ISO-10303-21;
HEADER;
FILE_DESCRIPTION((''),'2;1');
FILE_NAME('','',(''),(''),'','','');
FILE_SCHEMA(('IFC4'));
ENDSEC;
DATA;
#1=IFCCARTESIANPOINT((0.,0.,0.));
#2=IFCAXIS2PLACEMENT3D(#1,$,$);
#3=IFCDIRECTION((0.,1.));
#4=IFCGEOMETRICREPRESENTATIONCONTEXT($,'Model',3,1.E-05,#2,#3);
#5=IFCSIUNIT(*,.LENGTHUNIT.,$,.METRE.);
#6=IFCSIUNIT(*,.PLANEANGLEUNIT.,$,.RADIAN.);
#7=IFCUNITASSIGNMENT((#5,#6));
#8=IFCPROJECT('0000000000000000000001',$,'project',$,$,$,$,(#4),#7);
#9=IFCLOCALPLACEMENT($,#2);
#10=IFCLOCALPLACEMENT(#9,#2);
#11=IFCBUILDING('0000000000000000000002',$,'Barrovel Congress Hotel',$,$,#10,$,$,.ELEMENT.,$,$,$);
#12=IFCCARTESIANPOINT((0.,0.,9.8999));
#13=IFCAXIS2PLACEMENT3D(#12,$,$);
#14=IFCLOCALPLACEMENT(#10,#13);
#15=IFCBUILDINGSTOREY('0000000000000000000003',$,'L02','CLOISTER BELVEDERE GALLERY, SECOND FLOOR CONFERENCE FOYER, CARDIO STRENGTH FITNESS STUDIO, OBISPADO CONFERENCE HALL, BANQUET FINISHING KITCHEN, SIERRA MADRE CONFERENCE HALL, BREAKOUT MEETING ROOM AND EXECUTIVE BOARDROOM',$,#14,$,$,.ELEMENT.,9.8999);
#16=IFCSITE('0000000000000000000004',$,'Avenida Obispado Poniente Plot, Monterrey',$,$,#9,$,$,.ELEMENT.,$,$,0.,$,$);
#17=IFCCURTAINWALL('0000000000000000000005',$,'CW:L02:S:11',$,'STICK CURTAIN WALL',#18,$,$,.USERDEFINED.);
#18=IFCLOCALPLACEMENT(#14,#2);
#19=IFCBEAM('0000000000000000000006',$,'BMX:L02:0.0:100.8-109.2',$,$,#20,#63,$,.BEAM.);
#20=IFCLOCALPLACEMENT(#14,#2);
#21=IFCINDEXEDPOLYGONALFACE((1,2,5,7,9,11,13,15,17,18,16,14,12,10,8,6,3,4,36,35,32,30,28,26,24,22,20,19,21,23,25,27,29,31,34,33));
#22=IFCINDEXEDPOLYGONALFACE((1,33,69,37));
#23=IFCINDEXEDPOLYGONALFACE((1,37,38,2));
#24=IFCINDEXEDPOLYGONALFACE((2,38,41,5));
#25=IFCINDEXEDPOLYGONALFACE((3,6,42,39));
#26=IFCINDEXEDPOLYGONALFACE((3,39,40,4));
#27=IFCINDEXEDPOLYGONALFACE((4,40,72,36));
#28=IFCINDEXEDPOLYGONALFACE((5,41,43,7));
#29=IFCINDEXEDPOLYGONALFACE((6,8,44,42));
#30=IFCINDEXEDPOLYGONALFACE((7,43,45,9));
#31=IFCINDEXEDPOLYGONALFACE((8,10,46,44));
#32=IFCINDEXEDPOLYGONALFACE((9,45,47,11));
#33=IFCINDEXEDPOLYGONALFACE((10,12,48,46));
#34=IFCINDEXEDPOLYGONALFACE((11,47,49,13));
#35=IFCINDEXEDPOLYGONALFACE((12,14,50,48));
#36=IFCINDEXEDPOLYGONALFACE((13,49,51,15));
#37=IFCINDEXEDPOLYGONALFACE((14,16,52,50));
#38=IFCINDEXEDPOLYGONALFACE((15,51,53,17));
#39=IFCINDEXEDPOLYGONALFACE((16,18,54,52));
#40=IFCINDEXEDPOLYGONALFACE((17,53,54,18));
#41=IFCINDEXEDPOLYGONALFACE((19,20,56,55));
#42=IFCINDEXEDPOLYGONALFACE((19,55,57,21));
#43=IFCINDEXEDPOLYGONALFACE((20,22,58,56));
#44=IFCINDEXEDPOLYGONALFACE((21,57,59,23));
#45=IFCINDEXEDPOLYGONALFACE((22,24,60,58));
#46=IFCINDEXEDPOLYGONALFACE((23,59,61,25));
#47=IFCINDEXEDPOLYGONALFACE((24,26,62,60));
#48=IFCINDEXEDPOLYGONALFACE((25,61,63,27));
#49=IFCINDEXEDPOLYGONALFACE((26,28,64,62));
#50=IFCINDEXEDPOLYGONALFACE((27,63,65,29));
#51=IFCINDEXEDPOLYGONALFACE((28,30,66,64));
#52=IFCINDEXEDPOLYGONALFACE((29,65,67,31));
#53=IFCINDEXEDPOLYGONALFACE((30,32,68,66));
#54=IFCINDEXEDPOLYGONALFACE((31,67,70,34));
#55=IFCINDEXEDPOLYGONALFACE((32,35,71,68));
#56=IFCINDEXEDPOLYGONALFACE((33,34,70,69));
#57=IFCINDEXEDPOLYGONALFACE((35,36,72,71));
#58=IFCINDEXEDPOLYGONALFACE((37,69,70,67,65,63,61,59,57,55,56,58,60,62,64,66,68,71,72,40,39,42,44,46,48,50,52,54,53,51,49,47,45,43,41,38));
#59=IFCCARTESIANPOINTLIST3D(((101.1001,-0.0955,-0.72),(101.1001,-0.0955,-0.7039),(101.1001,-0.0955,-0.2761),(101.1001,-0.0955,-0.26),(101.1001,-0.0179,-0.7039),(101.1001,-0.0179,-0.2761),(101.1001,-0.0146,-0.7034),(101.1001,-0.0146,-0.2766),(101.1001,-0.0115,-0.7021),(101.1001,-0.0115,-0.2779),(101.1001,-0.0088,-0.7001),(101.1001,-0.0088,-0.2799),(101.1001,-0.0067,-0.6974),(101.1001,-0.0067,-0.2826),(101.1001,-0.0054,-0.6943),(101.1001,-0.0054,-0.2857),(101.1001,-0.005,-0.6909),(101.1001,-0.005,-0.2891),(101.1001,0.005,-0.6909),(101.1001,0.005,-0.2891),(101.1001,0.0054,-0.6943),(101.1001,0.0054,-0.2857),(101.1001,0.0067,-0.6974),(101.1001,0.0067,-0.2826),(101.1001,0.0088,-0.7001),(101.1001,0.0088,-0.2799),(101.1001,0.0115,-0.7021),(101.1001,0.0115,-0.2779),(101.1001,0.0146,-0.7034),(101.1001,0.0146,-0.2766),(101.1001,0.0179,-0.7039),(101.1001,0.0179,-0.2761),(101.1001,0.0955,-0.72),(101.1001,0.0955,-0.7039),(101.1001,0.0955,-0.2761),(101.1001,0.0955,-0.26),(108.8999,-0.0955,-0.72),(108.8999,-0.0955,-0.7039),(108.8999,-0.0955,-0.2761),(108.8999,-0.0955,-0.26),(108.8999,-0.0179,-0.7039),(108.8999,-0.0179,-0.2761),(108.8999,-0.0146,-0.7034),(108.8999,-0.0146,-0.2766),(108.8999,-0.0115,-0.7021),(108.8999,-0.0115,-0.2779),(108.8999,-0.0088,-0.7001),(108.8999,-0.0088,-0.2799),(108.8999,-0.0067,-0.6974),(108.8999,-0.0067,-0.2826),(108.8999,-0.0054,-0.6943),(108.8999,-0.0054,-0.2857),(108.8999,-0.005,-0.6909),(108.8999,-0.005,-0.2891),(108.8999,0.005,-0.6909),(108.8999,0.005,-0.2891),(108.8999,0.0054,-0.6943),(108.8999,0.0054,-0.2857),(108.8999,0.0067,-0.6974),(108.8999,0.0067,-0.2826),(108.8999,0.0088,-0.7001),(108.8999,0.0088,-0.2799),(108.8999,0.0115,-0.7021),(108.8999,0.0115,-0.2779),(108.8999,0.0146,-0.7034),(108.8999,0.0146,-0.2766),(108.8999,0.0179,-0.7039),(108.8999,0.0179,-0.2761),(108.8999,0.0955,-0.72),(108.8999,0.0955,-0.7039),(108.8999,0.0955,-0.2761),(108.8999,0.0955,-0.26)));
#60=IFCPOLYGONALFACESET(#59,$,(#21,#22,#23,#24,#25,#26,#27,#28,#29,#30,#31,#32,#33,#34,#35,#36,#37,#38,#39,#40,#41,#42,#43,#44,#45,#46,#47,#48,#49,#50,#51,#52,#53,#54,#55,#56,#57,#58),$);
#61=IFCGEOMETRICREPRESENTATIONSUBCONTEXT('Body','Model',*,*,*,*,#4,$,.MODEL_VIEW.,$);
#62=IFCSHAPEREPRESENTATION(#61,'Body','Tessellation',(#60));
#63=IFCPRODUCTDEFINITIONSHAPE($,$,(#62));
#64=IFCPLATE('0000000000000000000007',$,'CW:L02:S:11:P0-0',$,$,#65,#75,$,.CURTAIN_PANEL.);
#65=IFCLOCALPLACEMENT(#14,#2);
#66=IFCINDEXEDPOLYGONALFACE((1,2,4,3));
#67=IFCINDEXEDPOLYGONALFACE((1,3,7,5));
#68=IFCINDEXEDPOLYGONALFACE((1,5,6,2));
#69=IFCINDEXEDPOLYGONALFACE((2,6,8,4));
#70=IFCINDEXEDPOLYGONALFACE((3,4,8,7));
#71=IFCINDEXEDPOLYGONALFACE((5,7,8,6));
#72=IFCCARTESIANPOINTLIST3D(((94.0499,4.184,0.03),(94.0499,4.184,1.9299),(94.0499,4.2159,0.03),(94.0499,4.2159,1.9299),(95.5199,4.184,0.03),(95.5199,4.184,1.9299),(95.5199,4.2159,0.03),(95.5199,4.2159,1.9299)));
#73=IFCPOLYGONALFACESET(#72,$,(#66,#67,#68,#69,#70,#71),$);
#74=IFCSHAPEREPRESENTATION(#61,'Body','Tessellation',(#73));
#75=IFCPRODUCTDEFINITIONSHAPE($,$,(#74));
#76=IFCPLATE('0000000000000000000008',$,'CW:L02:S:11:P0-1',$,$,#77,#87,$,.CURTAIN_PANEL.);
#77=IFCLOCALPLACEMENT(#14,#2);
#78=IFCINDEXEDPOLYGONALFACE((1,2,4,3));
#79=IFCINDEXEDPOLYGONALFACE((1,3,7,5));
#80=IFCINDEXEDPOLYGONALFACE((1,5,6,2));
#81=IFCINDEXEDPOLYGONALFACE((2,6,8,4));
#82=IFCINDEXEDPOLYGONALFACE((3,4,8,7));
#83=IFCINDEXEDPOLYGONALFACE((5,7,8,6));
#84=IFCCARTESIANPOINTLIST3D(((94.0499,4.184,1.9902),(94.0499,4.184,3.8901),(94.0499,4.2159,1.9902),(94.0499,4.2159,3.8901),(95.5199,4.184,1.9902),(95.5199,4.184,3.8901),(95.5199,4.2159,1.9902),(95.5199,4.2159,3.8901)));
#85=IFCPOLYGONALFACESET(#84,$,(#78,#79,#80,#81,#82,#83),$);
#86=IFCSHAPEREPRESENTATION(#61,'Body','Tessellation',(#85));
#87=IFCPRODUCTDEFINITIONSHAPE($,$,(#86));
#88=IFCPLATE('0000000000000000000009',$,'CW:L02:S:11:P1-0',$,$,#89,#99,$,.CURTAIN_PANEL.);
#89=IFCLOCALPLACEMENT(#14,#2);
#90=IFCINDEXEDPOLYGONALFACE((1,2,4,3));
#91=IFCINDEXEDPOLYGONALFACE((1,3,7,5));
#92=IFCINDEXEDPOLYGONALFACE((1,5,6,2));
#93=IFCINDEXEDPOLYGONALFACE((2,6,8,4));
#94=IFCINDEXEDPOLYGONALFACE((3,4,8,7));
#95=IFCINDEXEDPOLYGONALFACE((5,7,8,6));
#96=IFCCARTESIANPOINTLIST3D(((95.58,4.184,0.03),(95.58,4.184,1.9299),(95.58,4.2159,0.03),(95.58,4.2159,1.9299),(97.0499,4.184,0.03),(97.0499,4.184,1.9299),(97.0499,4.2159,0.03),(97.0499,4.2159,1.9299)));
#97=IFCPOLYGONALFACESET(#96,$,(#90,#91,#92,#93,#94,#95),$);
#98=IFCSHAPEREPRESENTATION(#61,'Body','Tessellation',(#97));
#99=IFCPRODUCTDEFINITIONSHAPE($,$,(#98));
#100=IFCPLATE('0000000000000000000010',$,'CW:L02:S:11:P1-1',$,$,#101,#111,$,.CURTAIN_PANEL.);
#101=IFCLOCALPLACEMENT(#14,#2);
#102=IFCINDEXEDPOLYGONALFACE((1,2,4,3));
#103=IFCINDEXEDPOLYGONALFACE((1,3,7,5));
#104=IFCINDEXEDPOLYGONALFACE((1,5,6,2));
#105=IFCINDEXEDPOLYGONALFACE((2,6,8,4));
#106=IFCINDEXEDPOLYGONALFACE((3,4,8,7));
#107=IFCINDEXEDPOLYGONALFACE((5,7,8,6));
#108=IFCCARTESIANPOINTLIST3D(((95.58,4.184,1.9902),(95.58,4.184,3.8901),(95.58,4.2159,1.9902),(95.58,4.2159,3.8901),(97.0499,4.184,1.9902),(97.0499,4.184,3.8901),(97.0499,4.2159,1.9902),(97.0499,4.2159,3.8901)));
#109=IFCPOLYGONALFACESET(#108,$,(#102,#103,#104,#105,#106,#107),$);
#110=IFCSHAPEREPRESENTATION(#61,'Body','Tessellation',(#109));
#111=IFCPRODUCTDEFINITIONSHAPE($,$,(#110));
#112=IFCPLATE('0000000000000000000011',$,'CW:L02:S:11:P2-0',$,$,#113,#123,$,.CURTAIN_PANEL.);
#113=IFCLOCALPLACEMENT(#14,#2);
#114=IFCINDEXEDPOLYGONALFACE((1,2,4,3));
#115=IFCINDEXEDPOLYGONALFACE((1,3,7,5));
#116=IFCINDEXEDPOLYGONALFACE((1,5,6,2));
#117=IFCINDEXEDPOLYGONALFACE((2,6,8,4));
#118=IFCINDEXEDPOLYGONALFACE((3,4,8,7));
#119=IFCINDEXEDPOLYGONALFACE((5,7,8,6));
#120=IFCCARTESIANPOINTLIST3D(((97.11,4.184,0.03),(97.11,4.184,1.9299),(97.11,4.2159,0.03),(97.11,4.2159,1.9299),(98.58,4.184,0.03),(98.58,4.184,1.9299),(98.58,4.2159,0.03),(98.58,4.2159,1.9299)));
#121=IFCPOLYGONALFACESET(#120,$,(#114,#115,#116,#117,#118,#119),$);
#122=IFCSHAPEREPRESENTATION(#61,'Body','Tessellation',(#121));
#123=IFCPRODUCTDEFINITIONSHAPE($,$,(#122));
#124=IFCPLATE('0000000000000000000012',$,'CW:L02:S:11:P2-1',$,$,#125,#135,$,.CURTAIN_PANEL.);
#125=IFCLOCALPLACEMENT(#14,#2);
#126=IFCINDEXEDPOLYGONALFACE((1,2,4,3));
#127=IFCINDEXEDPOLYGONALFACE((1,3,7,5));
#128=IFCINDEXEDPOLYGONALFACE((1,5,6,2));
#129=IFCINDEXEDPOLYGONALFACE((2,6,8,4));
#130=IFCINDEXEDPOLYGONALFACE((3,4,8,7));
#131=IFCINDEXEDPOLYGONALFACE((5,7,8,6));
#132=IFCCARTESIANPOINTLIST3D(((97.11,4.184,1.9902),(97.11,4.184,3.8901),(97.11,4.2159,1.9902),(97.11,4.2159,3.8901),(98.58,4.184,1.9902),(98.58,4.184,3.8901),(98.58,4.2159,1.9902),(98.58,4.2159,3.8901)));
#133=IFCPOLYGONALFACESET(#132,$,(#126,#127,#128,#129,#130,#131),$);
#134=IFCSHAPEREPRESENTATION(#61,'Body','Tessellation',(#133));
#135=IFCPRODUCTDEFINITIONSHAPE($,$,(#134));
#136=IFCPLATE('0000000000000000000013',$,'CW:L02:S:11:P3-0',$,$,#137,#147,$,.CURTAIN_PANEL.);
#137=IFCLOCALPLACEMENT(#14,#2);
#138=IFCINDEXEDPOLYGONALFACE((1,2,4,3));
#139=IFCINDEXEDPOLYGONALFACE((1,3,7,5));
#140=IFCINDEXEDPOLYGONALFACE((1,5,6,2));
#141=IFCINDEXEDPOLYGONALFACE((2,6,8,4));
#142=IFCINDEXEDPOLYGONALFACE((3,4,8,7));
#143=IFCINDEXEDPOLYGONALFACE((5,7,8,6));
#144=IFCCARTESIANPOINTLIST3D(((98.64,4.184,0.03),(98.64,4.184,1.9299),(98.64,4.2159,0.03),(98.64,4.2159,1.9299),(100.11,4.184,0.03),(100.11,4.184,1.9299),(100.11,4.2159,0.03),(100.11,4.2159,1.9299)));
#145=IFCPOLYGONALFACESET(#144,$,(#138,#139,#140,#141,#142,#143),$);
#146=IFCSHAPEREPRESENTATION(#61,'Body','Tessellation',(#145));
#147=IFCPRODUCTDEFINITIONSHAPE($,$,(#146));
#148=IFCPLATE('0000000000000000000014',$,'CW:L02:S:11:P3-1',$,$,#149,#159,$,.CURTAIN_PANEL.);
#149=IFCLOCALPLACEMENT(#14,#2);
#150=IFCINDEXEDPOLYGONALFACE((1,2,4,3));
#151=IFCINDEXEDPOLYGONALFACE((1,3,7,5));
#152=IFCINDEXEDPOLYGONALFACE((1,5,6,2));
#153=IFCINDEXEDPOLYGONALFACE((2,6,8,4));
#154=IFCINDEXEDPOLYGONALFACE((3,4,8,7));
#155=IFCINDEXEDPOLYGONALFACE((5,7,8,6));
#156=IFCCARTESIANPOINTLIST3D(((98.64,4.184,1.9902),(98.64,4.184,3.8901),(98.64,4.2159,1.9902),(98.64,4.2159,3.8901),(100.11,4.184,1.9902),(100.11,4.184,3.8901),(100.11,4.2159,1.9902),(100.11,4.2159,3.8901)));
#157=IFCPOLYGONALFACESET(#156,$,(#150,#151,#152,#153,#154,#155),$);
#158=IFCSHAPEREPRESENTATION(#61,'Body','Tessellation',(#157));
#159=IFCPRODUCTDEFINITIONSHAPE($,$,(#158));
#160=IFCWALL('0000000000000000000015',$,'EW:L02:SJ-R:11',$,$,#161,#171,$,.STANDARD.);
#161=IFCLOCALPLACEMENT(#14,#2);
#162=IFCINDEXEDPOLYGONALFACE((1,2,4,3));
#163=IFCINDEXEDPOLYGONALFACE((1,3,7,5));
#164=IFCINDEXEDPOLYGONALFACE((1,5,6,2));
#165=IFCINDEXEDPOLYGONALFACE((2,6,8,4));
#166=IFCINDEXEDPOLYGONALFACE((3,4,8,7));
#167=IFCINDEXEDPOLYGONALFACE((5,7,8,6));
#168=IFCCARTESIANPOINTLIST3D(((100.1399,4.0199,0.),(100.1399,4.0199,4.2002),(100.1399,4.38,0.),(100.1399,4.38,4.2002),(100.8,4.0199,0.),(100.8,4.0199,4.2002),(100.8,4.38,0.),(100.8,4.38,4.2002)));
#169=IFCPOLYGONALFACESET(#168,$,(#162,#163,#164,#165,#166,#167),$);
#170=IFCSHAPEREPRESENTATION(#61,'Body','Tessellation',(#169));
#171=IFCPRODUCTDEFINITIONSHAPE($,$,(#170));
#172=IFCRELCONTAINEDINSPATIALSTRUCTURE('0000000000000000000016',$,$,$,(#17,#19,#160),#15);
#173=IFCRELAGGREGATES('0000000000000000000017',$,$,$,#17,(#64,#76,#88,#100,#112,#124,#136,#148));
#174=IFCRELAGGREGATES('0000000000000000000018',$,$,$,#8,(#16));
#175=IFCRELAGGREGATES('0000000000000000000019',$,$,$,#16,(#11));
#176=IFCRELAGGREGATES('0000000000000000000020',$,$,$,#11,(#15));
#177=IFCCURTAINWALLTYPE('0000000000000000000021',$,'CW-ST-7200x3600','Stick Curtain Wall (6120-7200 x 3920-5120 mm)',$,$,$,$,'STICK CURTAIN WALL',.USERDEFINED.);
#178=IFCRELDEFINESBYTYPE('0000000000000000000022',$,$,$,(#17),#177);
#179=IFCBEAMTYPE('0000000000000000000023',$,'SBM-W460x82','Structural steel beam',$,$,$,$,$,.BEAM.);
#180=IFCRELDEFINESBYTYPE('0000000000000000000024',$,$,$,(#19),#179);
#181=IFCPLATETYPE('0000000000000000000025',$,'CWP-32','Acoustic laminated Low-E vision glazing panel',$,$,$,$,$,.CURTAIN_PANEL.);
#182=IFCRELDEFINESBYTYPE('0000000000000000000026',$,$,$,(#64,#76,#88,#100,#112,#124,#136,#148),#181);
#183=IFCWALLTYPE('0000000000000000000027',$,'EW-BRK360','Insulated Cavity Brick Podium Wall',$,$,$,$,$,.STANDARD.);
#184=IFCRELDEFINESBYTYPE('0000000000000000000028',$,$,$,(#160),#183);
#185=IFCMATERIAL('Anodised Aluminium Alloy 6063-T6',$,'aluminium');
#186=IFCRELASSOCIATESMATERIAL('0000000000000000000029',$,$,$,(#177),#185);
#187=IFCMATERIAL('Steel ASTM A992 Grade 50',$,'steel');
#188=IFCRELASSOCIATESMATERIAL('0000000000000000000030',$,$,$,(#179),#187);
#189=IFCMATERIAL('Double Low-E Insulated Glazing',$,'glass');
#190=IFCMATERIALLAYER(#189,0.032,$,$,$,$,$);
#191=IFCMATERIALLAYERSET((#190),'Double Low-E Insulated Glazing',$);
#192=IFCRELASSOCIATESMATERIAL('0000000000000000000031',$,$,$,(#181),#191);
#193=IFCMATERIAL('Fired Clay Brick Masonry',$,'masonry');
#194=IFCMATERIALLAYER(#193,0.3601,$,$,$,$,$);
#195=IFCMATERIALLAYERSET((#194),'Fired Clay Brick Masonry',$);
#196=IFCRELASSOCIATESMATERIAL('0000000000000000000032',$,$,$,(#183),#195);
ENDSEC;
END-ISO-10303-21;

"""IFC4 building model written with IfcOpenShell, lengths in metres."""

from ifc_helpers import new_model, si_unit, direction, frame, frame_2d, origin, origin_2d, place, context, subcontext, project, spatial, rectangle, i_section, extrude, material, layer, layer_set, material_profile, profile_set, type_object, element, aggregate, save


model = new_model("IFC4")

# Units and contexts
model_context = context("Model", 3, precision=1e-05, world=origin(), true_north=direction((0.0, 1.0)))
body_context = subcontext(model_context, "Body", "Model", "MODEL_VIEW")
ifc_project = project(units=[si_unit("LENGTHUNIT", "METRE"), si_unit("PLANEANGLEUNIT", "RADIAN")], contexts=[model_context])

# Site, building, storey
site_placement = place(None, origin())
site = spatial("IfcSite", under=ifc_project, at=site_placement, Name="Avenida Obispado Poniente Plot, Monterrey", CompositionType="ELEMENT", RefElevation=0.0)
building_placement = place(site_placement, origin())
building = spatial("IfcBuilding", under=site, at=building_placement, Name="Barrovel Congress Hotel", CompositionType="ELEMENT")
storey_placement = place(building_placement, frame((0.0, 0.0, 9.8999)))
storey = spatial("IfcBuildingStorey", under=building, at=storey_placement, Name="L02", Description="CLOISTER BELVEDERE GALLERY, SECOND FLOOR CONFERENCE FOYER, CARDIO STRENGTH FITNESS STUDIO, OBISPADO CONFERENCE HALL, BANQUET FINISHING KITCHEN, SIERRA MADRE CONFERENCE HALL, BREAKOUT MEETING ROOM AND EXECUTIVE BOARDROOM", CompositionType="ELEMENT", Elevation=9.8999)

# Curtain wall
ifc_material_1 = material(Name="Anodised Aluminium Alloy 6063-T6", Category="aluminium")
curtain_wall_type = type_object("IfcCurtainWallType", Name="CW-ST-7200x3600", Description="Stick Curtain Wall (6120-7200 x 3920-5120 mm)", ElementType="STICK CURTAIN WALL", PredefinedType="USERDEFINED", material=ifc_material_1)
curtain_wall_placement = place(storey_placement, origin())
curtain_wall = element("IfcCurtainWall", 1, at=curtain_wall_placement, inside=storey, type_object=curtain_wall_type, Name="CW:L02:S:11", ObjectType="STICK CURTAIN WALL", PredefinedType="USERDEFINED")

# Beam
ifc_material_2 = material(Name="Steel ASTM A992 Grade 50", Category="steel")
ifc_material_profile_1 = material_profile(ifc_material_2, i_section(OverallWidth=0.1909, OverallDepth=0.46, WebThickness=0.01, FlangeThickness=0.0161, FilletRadius=0.0129, at=origin_2d()), Name="W460x82")
ifc_profile_set_1 = profile_set([ifc_material_profile_1], Name="Steel ASTM A992 Grade 50")
beam_type_1 = type_object("IfcBeamType", Name="SBM-W460x82", Description="Structural steel beam", PredefinedType="BEAM", material=ifc_profile_set_1)
beam_1_placement = place(storey_placement, frame((101.1001, 0.0, -0.49), z_axis=(1.0, 0.0, 0.0), x_axis=(0.0, 1.0, 0.0)))
element("IfcBeam", 2, at=beam_1_placement, inside=storey, type_object=beam_type_1, Name="BMX:L02:0.0:100.8-109.2", PredefinedType="BEAM", context=body_context, shape_type="SweptSolid", body=[
    extrude(i_section(OverallWidth=0.1909, OverallDepth=0.46, WebThickness=0.01, FlangeThickness=0.0161, FilletRadius=0.0129, at=origin_2d()), origin(), (0.0, 0.0, 1.0), 7.7998),
])

# Plates
ifc_material_3 = material(Name="Double Low-E Insulated Glazing", Category="glass")
ifc_layer_1 = layer(ifc_material_3, 0.032)
ifc_layer_set_1 = layer_set([ifc_layer_1], Name="Double Low-E Insulated Glazing")
plate_type = type_object("IfcPlateType", Name="CWP-32", Description="Acoustic laminated Low-E vision glazing panel", PredefinedType="CURTAIN_PANEL", material=ifc_layer_set_1)
plate_1_placement = place(storey_placement, frame((94.7849, 4.2, 0.03), z_axis=(0.0, 0.0, 1.0), x_axis=(1.0, 0.0, 0.0)))
plate_1 = element("IfcPlate", 3, at=plate_1_placement, type_object=plate_type, Name="CW:L02:S:11:P0-0", PredefinedType="CURTAIN_PANEL", context=body_context, shape_type="SweptSolid", body=[
    extrude(rectangle(XDim=1.47, YDim=0.032, at=origin_2d()), origin(), (0.0, 0.0, 1.0), 1.8999),
])
plate_2_placement = place(storey_placement, frame((94.7849, 4.2, 1.9902), z_axis=(0.0, 0.0, 1.0), x_axis=(1.0, 0.0, 0.0)))
plate_2 = element("IfcPlate", 4, at=plate_2_placement, type_object=plate_type, Name="CW:L02:S:11:P0-1", PredefinedType="CURTAIN_PANEL", context=body_context, shape_type="SweptSolid", body=[
    extrude(rectangle(XDim=1.47, YDim=0.032, at=origin_2d()), origin(), (0.0, 0.0, 1.0), 1.8999),
])
plate_3_placement = place(storey_placement, frame((96.3149, 4.2, 0.03), z_axis=(0.0, 0.0, 1.0), x_axis=(1.0, 0.0, 0.0)))
plate_3 = element("IfcPlate", 5, at=plate_3_placement, type_object=plate_type, Name="CW:L02:S:11:P1-0", PredefinedType="CURTAIN_PANEL", context=body_context, shape_type="SweptSolid", body=[
    extrude(rectangle(XDim=1.47, YDim=0.032, at=origin_2d()), origin(), (0.0, 0.0, 1.0), 1.8999),
])
plate_4_placement = place(storey_placement, frame((96.3149, 4.2, 1.9902), z_axis=(0.0, 0.0, 1.0), x_axis=(1.0, 0.0, 0.0)))
plate_4 = element("IfcPlate", 6, at=plate_4_placement, type_object=plate_type, Name="CW:L02:S:11:P1-1", PredefinedType="CURTAIN_PANEL", context=body_context, shape_type="SweptSolid", body=[
    extrude(rectangle(XDim=1.47, YDim=0.032, at=origin_2d()), origin(), (0.0, 0.0, 1.0), 1.8999),
])
plate_5_placement = place(storey_placement, frame((97.845, 4.2, 0.03), z_axis=(0.0, 0.0, 1.0), x_axis=(1.0, 0.0, 0.0)))
plate_5 = element("IfcPlate", 7, at=plate_5_placement, type_object=plate_type, Name="CW:L02:S:11:P2-0", PredefinedType="CURTAIN_PANEL", context=body_context, shape_type="SweptSolid", body=[
    extrude(rectangle(XDim=1.47, YDim=0.032, at=origin_2d()), origin(), (0.0, 0.0, 1.0), 1.8999),
])
plate_6_placement = place(storey_placement, frame((97.845, 4.2, 1.9902), z_axis=(0.0, 0.0, 1.0), x_axis=(1.0, 0.0, 0.0)))
plate_6 = element("IfcPlate", 8, at=plate_6_placement, type_object=plate_type, Name="CW:L02:S:11:P2-1", PredefinedType="CURTAIN_PANEL", context=body_context, shape_type="SweptSolid", body=[
    extrude(rectangle(XDim=1.47, YDim=0.032, at=origin_2d()), origin(), (0.0, 0.0, 1.0), 1.8999),
])
plate_7_placement = place(storey_placement, frame((99.375, 4.2, 0.03), z_axis=(0.0, 0.0, 1.0), x_axis=(1.0, 0.0, 0.0)))
plate_7 = element("IfcPlate", 9, at=plate_7_placement, type_object=plate_type, Name="CW:L02:S:11:P3-0", PredefinedType="CURTAIN_PANEL", context=body_context, shape_type="SweptSolid", body=[
    extrude(rectangle(XDim=1.47, YDim=0.032, at=origin_2d()), origin(), (0.0, 0.0, 1.0), 1.8999),
])
plate_8_placement = place(storey_placement, frame((99.375, 4.2, 1.9902), z_axis=(0.0, 0.0, 1.0), x_axis=(1.0, 0.0, 0.0)))
plate_8 = element("IfcPlate", 10, at=plate_8_placement, type_object=plate_type, Name="CW:L02:S:11:P3-1", PredefinedType="CURTAIN_PANEL", context=body_context, shape_type="SweptSolid", body=[
    extrude(rectangle(XDim=1.47, YDim=0.032, at=origin_2d()), origin(), (0.0, 0.0, 1.0), 1.8999),
])
aggregate(curtain_wall, [plate_1, plate_2, plate_3, plate_4, plate_5, plate_6, plate_7, plate_8])

# Wall
ifc_material_4 = material(Name="Fired Clay Brick Masonry", Category="masonry")
ifc_layer_2 = layer(ifc_material_4, 0.3601)
ifc_layer_set_2 = layer_set([ifc_layer_2], Name="Fired Clay Brick Masonry")
wall_type = type_object("IfcWallType", Name="EW-BRK360", Description="Insulated Cavity Brick Podium Wall", PredefinedType="STANDARD", material=ifc_layer_set_2)
wall_1_placement = place(storey_placement, frame((100.1399, 4.2, 0.0), z_axis=(0.0, 0.0, 1.0), x_axis=(1.0, 0.0, 0.0)))
element("IfcWall", 11, at=wall_1_placement, inside=storey, type_object=wall_type, Name="EW:L02:SJ-R:11", PredefinedType="STANDARD", context=body_context, shape_type="SweptSolid", body=[
    extrude(rectangle(XDim=0.6602, YDim=0.3601, at=frame_2d((0.3301, 0.0))), origin(), (0.0, 0.0, 1.0), 4.2002),
])

save(model, "model.ifc")
